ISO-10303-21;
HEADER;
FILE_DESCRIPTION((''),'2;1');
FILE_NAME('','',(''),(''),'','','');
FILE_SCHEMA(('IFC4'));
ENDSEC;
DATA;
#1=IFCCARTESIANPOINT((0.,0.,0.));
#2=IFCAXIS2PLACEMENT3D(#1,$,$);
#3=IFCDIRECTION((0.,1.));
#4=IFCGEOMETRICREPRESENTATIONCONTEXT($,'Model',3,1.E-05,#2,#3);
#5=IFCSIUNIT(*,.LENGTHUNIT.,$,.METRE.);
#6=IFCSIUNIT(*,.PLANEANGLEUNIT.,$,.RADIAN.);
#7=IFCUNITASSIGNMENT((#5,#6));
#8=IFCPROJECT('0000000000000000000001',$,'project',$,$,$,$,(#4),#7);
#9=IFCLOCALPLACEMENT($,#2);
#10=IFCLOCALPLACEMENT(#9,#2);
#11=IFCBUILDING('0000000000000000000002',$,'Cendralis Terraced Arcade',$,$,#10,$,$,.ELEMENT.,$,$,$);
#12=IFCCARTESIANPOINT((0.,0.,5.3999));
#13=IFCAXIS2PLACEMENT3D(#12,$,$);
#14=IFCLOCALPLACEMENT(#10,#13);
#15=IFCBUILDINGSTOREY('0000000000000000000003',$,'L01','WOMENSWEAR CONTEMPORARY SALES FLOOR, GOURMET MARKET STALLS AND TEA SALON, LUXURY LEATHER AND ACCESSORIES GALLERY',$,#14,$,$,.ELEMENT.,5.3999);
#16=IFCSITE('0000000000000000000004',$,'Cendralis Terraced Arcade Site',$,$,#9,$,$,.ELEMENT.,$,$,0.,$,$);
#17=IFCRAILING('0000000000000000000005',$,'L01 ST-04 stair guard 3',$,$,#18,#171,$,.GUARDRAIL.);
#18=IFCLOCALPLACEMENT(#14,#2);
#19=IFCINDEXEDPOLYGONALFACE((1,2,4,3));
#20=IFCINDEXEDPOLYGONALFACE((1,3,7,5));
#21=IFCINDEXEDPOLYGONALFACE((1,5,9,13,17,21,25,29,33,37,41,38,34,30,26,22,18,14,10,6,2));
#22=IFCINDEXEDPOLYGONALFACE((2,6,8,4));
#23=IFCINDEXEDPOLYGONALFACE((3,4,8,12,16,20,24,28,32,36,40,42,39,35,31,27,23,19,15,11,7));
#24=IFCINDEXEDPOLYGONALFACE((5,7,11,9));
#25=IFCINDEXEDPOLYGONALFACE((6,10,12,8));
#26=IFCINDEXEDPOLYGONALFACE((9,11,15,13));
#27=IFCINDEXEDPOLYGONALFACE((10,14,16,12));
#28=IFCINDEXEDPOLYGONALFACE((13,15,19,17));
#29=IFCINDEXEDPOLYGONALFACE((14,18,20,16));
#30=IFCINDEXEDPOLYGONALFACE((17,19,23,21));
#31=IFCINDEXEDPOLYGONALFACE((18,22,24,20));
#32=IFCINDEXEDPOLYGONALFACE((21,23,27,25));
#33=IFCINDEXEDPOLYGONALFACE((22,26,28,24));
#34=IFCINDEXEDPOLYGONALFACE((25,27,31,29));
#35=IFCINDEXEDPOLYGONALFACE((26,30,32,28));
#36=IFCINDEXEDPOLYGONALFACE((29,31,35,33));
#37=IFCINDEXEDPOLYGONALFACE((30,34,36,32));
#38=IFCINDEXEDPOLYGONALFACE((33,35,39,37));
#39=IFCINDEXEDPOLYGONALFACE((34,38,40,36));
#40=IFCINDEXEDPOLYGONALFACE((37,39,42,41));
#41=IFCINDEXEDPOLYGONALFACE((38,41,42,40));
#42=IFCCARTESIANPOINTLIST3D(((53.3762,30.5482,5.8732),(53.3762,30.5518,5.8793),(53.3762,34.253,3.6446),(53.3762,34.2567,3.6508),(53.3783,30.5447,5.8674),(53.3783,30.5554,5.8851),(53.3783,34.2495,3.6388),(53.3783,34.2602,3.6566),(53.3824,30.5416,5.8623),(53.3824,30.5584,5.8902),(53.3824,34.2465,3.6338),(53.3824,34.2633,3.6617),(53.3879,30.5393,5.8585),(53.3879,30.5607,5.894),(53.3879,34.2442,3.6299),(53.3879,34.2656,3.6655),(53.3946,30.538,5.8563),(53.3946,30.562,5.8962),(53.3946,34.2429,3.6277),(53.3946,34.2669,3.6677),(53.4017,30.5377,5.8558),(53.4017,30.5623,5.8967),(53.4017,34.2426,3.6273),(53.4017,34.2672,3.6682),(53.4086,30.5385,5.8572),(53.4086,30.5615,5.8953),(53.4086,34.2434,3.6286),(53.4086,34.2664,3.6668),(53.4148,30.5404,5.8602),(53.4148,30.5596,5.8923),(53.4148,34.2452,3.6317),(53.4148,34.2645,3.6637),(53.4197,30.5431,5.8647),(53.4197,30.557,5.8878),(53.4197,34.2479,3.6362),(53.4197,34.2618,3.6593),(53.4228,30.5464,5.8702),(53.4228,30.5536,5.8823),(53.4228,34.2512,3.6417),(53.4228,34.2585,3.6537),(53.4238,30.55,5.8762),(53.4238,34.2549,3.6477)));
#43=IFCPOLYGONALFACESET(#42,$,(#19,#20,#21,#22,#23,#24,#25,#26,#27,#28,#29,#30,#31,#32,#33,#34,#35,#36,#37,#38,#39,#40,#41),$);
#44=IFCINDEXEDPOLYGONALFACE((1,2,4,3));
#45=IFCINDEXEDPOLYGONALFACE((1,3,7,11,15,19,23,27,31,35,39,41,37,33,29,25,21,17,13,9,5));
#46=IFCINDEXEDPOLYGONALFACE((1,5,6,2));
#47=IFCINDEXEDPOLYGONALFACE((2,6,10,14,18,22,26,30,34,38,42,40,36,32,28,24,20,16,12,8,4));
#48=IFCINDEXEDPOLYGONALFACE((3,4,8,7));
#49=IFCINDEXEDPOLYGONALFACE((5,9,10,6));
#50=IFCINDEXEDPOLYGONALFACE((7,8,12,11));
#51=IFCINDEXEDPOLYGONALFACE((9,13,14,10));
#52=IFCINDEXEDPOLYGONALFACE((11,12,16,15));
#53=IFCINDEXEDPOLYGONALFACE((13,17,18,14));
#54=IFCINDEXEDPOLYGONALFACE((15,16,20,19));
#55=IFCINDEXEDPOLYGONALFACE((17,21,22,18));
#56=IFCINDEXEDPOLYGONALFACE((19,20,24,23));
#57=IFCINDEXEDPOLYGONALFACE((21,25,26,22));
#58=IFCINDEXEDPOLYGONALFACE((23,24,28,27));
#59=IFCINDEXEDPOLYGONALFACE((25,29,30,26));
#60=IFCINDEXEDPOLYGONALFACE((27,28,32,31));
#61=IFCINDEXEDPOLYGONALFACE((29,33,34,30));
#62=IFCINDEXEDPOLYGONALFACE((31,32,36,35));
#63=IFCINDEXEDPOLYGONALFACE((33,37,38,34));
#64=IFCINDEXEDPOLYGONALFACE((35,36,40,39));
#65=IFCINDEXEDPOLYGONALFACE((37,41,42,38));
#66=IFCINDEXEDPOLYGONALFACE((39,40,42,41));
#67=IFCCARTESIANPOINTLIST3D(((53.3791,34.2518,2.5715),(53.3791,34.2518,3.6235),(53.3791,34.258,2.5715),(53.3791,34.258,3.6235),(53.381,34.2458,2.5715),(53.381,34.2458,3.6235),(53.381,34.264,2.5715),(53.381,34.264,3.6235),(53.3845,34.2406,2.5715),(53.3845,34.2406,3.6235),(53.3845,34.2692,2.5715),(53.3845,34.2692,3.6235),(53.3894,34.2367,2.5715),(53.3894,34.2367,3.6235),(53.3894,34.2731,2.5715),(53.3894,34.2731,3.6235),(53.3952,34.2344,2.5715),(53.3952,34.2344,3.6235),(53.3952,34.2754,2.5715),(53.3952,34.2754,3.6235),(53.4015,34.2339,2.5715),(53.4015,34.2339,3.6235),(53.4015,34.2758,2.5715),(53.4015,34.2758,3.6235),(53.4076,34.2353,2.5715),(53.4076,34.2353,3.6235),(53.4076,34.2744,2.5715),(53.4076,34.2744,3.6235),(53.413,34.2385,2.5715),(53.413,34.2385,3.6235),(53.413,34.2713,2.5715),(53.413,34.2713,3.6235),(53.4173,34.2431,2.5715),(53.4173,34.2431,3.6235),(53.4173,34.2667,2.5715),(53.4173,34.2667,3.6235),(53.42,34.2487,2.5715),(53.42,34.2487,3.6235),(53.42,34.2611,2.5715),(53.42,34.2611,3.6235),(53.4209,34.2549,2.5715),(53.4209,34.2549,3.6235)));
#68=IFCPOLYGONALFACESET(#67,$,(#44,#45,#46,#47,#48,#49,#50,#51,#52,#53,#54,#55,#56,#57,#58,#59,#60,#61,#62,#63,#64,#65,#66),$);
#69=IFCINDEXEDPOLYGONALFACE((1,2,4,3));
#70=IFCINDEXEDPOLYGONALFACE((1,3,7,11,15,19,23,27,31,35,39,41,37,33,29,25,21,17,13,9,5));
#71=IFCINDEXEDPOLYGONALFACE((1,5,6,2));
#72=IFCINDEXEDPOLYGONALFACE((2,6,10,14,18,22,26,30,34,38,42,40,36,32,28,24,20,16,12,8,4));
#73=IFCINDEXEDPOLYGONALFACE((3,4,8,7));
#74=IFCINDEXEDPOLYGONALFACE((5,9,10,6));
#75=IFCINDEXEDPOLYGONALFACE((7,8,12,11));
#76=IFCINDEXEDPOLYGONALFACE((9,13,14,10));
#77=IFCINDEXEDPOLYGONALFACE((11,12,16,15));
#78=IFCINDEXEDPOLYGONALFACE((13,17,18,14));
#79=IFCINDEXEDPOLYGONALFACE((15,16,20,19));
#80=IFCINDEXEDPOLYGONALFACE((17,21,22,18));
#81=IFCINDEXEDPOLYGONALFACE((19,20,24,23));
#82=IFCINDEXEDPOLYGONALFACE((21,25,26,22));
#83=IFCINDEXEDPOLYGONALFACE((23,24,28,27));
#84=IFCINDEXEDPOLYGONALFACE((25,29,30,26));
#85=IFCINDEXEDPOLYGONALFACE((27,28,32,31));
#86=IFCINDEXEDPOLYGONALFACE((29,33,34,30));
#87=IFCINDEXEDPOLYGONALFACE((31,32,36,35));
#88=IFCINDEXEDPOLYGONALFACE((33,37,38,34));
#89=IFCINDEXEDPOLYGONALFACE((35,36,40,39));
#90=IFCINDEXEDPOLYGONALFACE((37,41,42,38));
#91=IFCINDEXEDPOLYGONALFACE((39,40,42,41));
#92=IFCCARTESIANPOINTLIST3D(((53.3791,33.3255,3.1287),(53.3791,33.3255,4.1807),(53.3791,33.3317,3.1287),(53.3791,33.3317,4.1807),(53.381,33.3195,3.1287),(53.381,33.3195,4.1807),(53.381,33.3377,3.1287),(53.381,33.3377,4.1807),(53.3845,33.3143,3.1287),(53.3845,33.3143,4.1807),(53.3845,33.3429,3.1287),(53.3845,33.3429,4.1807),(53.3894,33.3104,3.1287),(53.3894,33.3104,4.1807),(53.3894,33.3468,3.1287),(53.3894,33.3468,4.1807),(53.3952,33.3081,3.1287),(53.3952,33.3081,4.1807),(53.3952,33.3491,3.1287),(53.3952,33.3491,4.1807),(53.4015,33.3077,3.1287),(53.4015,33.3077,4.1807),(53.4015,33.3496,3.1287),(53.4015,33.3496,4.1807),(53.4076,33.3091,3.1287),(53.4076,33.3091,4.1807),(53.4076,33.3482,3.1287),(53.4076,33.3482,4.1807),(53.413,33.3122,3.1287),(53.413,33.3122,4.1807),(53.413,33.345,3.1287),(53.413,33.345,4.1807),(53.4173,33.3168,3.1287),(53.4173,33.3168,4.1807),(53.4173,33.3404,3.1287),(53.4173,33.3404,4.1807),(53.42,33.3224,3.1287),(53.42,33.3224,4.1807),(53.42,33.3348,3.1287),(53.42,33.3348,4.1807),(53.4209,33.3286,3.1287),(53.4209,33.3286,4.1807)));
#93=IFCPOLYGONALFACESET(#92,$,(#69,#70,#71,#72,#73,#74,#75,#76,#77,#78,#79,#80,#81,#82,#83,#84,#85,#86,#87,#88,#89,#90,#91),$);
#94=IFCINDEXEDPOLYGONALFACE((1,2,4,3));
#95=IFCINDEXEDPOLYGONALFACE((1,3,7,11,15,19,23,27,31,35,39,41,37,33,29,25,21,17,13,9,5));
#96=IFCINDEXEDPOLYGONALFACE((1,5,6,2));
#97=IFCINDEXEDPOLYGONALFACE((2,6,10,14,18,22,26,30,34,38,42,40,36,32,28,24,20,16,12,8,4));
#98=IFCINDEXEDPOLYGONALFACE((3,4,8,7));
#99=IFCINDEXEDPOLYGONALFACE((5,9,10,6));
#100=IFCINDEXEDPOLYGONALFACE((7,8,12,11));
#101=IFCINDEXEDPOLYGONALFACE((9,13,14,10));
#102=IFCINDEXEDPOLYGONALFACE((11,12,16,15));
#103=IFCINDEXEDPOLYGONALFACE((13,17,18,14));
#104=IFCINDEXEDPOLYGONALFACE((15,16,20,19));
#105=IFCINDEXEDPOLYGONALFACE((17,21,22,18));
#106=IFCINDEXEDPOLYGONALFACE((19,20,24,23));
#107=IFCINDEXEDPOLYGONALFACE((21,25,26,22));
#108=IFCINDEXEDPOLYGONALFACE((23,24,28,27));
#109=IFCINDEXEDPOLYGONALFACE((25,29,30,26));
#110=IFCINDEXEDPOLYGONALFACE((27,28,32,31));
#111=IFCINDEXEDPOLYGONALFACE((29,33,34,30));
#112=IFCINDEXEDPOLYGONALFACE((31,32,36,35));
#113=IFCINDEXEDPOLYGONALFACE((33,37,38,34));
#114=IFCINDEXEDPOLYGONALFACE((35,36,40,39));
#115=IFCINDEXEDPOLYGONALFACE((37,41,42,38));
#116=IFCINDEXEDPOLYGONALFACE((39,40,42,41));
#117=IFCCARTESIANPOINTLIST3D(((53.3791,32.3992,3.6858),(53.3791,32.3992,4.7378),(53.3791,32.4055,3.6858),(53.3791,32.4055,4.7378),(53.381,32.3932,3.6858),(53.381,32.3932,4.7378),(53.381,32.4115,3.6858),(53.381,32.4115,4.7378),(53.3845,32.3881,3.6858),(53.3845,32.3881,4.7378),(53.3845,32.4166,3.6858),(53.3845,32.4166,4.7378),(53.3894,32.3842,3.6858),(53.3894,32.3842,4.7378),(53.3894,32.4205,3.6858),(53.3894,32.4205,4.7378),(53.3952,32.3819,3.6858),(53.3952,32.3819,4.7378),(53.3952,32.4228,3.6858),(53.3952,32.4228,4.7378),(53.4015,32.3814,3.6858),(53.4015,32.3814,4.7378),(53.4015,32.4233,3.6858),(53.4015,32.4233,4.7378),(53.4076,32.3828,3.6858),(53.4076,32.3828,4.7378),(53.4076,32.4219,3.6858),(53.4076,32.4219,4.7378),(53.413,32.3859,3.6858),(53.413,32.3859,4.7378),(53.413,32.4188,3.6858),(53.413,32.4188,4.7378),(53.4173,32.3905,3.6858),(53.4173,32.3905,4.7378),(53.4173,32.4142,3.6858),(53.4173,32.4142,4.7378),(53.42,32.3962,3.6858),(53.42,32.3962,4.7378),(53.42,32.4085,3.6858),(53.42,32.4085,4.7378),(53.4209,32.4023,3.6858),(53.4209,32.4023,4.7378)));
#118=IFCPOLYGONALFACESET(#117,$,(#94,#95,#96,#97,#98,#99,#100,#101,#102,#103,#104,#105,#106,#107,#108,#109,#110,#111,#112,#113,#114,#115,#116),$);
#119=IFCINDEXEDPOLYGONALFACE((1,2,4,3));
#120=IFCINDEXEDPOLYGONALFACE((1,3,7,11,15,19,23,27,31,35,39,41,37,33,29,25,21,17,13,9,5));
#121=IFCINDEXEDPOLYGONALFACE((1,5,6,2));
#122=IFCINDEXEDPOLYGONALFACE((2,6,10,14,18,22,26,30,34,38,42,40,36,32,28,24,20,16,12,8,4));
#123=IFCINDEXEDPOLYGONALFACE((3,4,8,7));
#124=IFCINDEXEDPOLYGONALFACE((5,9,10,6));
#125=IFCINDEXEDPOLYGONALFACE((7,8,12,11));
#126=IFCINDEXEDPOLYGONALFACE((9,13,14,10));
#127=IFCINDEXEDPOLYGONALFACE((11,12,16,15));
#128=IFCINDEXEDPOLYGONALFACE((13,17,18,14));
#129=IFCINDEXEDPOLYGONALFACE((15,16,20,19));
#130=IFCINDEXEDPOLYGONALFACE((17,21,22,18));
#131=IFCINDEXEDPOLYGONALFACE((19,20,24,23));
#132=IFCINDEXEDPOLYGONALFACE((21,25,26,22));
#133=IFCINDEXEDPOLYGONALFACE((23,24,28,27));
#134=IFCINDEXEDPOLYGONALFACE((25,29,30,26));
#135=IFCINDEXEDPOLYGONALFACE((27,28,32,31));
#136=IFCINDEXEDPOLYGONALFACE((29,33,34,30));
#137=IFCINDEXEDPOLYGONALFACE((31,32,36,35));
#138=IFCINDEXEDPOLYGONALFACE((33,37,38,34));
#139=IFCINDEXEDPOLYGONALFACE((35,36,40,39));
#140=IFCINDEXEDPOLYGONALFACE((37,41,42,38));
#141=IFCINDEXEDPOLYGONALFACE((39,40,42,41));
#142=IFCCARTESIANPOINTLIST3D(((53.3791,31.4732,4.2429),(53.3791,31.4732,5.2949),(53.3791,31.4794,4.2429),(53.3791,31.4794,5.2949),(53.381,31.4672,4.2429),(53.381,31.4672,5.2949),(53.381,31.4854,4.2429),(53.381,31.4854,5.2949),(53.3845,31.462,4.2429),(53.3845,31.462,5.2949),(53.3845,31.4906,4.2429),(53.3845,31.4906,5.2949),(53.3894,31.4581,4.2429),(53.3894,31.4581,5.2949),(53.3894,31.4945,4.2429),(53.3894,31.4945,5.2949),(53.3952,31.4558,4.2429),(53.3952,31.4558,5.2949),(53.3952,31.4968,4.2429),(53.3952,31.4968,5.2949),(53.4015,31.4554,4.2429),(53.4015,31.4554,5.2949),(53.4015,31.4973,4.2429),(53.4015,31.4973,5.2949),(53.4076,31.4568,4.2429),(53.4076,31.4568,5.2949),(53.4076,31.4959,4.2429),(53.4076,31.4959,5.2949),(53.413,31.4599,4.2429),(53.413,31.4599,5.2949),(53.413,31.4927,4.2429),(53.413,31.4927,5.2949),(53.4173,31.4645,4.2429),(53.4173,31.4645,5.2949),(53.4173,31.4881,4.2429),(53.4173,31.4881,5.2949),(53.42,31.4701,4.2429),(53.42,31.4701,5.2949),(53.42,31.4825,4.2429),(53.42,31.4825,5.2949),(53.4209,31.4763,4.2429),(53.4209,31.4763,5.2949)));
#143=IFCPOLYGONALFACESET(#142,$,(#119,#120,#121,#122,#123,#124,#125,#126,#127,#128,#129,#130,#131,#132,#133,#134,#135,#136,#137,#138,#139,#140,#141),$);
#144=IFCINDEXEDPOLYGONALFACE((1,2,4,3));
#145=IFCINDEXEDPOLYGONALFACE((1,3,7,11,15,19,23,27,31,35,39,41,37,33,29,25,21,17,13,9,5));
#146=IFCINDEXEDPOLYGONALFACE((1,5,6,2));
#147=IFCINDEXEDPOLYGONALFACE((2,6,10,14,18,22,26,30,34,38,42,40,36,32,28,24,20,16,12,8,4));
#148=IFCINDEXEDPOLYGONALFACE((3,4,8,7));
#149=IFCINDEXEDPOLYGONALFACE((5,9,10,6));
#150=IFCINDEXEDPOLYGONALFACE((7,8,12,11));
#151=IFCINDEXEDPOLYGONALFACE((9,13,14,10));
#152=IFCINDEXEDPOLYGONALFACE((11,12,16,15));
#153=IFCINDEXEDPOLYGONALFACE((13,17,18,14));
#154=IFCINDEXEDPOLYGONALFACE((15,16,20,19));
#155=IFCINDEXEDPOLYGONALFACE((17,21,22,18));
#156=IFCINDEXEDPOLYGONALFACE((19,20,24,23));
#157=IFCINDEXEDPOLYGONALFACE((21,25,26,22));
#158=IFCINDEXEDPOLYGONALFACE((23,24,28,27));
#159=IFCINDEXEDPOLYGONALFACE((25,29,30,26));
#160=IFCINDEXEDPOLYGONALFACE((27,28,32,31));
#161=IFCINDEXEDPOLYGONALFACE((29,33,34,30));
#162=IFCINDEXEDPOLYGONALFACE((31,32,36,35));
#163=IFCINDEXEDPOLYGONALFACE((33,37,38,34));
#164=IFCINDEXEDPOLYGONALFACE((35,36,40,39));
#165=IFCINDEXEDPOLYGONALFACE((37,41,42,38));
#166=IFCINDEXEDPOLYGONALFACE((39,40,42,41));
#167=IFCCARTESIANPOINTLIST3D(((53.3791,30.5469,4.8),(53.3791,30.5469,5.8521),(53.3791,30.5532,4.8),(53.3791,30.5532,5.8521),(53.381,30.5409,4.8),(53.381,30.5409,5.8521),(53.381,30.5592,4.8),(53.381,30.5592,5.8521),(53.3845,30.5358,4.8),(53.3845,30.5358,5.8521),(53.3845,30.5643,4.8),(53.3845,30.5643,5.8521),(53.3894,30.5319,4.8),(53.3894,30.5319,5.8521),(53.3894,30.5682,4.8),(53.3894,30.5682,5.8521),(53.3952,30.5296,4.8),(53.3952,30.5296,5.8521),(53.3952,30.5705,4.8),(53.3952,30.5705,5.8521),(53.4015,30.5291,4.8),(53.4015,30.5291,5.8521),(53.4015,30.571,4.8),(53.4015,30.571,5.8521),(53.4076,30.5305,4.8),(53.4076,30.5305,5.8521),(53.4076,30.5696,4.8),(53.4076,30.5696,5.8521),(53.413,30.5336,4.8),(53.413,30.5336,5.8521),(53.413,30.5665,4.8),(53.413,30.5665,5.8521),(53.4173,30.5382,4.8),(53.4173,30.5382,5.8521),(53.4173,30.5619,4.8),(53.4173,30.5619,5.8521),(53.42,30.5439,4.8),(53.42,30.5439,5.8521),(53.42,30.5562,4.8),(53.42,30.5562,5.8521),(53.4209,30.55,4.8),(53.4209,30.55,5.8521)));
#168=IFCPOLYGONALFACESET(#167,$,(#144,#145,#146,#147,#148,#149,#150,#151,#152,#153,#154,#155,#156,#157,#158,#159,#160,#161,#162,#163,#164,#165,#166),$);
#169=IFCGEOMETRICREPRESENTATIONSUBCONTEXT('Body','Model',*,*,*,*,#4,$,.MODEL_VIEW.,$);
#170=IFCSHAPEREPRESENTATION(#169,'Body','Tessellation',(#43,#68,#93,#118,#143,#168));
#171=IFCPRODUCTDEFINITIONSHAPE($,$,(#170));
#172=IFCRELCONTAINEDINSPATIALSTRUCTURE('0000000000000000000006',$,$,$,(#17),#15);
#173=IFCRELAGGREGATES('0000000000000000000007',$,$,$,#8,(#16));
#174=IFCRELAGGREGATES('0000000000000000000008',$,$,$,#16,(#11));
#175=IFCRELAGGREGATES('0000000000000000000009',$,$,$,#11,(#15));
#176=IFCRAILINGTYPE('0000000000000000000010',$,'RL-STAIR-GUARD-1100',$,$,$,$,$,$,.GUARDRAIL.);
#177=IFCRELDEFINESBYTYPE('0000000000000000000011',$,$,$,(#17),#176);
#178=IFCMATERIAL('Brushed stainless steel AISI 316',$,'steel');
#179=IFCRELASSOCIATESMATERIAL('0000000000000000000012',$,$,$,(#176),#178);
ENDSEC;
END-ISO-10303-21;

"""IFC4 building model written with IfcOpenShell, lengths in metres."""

from ifc_helpers import new_model, si_unit, direction, frame, origin, origin_2d, place, context, subcontext, project, spatial, circle, extrude, material, type_object, element, save


model = new_model("IFC4")

# Units and contexts
model_context = context("Model", 3, precision=1e-05, world=origin(), true_north=direction((0.0, 1.0)))
body_context = subcontext(model_context, "Body", "Model", "MODEL_VIEW")
ifc_project = project(units=[si_unit("LENGTHUNIT", "METRE"), si_unit("PLANEANGLEUNIT", "RADIAN")], contexts=[model_context])

# Site, building, storey
site_placement = place(None, origin())
site = spatial("IfcSite", under=ifc_project, at=site_placement, Name="Cendralis Terraced Arcade Site", CompositionType="ELEMENT", RefElevation=0.0)
building_placement = place(site_placement, origin())
building = spatial("IfcBuilding", under=site, at=building_placement, Name="Cendralis Terraced Arcade", CompositionType="ELEMENT")
storey_placement = place(building_placement, frame((0.0, 0.0, 5.3999)))
storey = spatial("IfcBuildingStorey", under=building, at=storey_placement, Name="L01", Description="WOMENSWEAR CONTEMPORARY SALES FLOOR, GOURMET MARKET STALLS AND TEA SALON, LUXURY LEATHER AND ACCESSORIES GALLERY", CompositionType="ELEMENT", Elevation=5.3999)

# Railing
ifc_material_1 = material(Name="Brushed stainless steel AISI 316", Category="steel")
railing_type_1 = type_object("IfcRailingType", Name="RL-STAIR-GUARD-1100", PredefinedType="GUARDRAIL", material=ifc_material_1)
railing_1_placement = place(storey_placement, frame((53.3999, 34.2549, 2.5715)))
element("IfcRailing", 1, at=railing_1_placement, inside=storey, type_object=railing_type_1, Name="L01 ST-04 stair guard 3", PredefinedType="GUARDRAIL", context=body_context, shape_type="SweptSolid", body=[
    extrude(circle(Radius=0.0239, at=origin_2d()), frame((0.0, 0.0, 1.0762), z_axis=(0.0, -0.856919, 0.51545), x_axis=(1.0, 0.0, 0.0)), (0.0, 0.0, 1.0), 4.3235),
    extrude(circle(Radius=0.021, at=origin_2d()), origin(), (0.0, 0.0, 1.0), 1.052),
    extrude(circle(Radius=0.021, at=origin_2d()), frame((0.0, -0.9263, 0.5571)), (0.0, 0.0, 1.0), 1.052),
    extrude(circle(Radius=0.021, at=origin_2d()), frame((0.0, -1.8525, 1.1143)), (0.0, 0.0, 1.0), 1.052),
    extrude(circle(Radius=0.021, at=origin_2d()), frame((0.0, -2.7786, 1.6714)), (0.0, 0.0, 1.0), 1.052),
    extrude(circle(Radius=0.021, at=origin_2d()), frame((0.0, -3.7048, 2.2285)), (0.0, 0.0, 1.0), 1.052),
])

save(model, "model.ifc")
